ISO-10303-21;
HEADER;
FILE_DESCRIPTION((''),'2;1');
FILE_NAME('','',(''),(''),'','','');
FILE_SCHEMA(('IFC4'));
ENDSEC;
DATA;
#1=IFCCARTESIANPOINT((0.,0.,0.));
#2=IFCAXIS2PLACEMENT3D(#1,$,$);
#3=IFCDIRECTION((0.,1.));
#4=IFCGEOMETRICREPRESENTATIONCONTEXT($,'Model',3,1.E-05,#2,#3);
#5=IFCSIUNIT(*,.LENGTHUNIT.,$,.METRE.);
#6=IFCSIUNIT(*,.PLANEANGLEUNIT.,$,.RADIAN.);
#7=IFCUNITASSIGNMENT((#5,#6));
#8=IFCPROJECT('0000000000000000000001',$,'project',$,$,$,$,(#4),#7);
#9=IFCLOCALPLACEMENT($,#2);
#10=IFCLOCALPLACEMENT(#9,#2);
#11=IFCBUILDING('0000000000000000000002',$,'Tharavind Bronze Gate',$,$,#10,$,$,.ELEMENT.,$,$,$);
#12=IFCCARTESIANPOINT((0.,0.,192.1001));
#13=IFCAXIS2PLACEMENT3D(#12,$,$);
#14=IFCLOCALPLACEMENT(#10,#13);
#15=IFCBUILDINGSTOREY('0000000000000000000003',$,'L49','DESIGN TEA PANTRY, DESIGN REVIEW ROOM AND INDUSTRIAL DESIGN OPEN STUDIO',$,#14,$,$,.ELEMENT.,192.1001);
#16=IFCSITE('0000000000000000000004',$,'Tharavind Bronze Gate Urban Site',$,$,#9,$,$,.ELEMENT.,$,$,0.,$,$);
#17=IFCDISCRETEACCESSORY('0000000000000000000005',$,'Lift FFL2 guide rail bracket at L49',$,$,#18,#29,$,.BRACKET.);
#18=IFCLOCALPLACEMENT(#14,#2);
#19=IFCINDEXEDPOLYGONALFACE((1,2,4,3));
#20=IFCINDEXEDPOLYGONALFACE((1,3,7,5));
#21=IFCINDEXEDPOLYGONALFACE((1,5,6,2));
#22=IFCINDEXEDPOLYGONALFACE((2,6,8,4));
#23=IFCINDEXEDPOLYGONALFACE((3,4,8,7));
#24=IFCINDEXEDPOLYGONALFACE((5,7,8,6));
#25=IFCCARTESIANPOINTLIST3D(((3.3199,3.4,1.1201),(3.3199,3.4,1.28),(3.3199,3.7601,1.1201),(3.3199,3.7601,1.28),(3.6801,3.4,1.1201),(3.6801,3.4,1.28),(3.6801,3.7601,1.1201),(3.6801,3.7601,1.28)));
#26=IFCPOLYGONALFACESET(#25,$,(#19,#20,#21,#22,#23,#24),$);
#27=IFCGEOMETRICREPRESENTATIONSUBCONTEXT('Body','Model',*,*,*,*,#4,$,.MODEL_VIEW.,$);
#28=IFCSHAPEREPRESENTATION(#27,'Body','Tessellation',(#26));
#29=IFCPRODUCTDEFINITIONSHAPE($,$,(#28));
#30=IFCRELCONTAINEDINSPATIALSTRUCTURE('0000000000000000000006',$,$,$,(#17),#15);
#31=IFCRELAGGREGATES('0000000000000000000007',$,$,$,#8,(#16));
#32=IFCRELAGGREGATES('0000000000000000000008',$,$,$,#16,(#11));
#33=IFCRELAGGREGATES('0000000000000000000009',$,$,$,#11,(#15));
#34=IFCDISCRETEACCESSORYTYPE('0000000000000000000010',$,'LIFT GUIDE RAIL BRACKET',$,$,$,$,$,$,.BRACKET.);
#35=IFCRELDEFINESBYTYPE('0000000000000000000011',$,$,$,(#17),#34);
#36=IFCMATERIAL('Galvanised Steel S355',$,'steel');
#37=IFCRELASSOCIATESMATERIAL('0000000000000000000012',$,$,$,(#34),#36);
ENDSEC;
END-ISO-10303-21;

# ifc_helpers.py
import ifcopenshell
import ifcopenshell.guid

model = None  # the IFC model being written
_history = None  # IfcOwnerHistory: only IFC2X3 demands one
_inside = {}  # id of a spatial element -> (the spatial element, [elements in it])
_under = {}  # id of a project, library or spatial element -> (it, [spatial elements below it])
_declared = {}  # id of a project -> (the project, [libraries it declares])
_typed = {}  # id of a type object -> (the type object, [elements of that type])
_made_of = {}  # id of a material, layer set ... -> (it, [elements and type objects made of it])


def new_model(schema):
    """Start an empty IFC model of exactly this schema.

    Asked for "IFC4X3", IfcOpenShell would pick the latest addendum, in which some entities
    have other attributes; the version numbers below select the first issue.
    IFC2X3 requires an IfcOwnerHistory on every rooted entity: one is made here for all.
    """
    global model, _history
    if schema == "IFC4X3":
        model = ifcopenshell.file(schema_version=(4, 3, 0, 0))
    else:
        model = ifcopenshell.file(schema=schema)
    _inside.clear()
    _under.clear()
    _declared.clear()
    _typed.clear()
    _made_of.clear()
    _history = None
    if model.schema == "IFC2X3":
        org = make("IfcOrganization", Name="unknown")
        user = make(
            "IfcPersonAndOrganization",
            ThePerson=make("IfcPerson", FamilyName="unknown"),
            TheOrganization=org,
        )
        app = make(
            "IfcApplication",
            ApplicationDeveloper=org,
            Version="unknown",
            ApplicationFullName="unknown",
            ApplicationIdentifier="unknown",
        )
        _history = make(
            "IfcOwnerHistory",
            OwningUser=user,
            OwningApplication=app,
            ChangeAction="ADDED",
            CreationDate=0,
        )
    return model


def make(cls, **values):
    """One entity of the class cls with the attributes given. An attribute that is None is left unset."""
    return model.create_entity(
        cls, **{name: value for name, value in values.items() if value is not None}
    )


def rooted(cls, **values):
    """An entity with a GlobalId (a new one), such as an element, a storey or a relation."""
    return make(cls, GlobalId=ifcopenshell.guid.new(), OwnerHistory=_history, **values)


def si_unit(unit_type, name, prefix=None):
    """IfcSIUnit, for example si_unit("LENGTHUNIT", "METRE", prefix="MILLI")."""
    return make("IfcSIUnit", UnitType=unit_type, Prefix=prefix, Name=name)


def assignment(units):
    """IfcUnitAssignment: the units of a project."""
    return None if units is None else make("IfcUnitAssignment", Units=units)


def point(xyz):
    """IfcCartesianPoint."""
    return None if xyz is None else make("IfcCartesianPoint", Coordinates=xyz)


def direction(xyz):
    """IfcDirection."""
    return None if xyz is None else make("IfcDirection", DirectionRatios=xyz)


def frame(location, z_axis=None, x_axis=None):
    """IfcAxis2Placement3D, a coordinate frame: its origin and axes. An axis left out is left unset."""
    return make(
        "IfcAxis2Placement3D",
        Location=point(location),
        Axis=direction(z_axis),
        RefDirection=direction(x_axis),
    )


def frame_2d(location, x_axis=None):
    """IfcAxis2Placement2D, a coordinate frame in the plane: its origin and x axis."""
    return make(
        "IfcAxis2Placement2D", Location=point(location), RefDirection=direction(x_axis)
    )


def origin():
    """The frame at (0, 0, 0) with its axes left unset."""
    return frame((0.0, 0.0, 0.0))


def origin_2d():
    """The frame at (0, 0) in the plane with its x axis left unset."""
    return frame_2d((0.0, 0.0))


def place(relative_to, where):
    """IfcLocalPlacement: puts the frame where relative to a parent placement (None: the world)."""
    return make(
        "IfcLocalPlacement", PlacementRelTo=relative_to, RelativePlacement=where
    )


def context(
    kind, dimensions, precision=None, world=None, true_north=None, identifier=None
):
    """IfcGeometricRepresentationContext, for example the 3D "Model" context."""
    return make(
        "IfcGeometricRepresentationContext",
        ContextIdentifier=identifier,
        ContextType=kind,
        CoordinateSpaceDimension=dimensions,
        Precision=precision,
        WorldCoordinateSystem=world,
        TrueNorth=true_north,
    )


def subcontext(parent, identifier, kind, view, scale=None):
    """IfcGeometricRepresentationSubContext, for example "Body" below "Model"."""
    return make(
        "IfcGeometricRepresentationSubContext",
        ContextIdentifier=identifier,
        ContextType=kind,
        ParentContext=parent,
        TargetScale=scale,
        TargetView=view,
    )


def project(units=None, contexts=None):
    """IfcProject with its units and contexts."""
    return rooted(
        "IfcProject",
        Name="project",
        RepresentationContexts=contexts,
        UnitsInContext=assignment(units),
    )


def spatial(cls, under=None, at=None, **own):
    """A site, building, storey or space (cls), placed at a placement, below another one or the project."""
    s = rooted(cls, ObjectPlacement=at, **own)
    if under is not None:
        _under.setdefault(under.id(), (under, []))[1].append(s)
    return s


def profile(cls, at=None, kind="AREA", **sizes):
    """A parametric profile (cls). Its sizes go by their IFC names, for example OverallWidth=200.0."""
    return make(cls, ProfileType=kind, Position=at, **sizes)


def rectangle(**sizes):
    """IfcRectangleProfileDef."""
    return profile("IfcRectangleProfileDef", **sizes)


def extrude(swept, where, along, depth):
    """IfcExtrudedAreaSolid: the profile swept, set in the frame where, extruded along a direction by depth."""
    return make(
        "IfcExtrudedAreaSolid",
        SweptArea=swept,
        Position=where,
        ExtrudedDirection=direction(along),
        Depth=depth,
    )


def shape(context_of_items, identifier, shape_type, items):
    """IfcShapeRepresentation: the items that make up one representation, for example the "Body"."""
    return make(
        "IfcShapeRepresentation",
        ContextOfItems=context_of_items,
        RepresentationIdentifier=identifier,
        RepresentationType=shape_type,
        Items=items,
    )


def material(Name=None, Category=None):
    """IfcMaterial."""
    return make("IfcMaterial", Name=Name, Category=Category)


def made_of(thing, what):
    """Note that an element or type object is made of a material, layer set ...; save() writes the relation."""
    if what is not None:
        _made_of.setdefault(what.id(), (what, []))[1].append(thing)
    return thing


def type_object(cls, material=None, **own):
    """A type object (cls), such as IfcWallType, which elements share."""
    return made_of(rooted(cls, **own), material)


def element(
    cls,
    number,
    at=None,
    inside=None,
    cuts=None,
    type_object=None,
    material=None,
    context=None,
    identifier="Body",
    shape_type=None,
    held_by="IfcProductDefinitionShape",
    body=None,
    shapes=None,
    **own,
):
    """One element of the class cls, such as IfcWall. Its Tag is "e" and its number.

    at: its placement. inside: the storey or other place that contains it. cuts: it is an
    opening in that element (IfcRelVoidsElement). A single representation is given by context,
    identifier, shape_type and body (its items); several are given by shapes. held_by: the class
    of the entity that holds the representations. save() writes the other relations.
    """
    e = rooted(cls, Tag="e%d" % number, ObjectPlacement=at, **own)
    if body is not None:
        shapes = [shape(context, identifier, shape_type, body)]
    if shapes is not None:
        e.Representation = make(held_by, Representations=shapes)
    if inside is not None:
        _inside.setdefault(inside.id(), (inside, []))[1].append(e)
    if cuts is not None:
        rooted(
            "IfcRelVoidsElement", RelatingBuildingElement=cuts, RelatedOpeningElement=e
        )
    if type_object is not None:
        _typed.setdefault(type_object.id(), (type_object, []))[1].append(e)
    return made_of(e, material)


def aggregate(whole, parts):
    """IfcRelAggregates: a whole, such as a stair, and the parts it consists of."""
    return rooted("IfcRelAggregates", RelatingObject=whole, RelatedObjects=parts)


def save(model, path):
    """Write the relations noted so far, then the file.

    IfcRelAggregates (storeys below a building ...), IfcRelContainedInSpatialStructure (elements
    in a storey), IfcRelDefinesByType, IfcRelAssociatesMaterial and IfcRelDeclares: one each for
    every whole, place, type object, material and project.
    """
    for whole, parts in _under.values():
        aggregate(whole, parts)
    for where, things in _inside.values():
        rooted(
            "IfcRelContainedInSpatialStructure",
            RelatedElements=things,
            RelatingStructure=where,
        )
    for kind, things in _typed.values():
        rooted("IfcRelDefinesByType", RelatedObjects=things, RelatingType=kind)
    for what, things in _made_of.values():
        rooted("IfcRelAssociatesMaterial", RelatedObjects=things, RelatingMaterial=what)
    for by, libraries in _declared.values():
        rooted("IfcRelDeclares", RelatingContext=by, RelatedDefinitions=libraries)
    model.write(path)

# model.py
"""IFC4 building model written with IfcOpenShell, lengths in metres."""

from ifc_helpers import new_model, si_unit, direction, frame, origin, origin_2d, place, context, subcontext, project, spatial, rectangle, extrude, material, type_object, element, save


model = new_model("IFC4")

# Units and contexts
model_context = context("Model", 3, precision=1e-05, world=origin(), true_north=direction((0.0, 1.0)))
body_context = subcontext(model_context, "Body", "Model", "MODEL_VIEW")
ifc_project = project(units=[si_unit("LENGTHUNIT", "METRE"), si_unit("PLANEANGLEUNIT", "RADIAN")], contexts=[model_context])

# Site, building, storey
site_placement = place(None, origin())
site = spatial("IfcSite", under=ifc_project, at=site_placement, Name="Tharavind Bronze Gate Urban Site", CompositionType="ELEMENT", RefElevation=0.0)
building_placement = place(site_placement, origin())
building = spatial("IfcBuilding", under=site, at=building_placement, Name="Tharavind Bronze Gate", CompositionType="ELEMENT")
storey_placement = place(building_placement, frame((0.0, 0.0, 192.1001)))
storey = spatial("IfcBuildingStorey", under=building, at=storey_placement, Name="L49", Description="DESIGN TEA PANTRY, DESIGN REVIEW ROOM AND INDUSTRIAL DESIGN OPEN STUDIO", CompositionType="ELEMENT", Elevation=192.1001)

# Discrete accessory
ifc_material_1 = material(Name="Galvanised Steel S355", Category="steel")
discrete_accessory_type = type_object("IfcDiscreteAccessoryType", Name="LIFT GUIDE RAIL BRACKET", PredefinedType="BRACKET", material=ifc_material_1)
for number, where, z_axis, x_axis, name in (
    (1, (3.5, 3.5801, 1.1201), (0.0, 0.0, 1.0), (1.0, 0.0, 0.0), "Lift FFL2 guide rail bracket at L49"),
):
    element("IfcDiscreteAccessory", number, at=place(storey_placement, frame(where, z_axis=z_axis, x_axis=x_axis)), inside=storey, type_object=discrete_accessory_type, Name=name, PredefinedType="BRACKET", context=body_context, shape_type="SweptSolid", body=[
        extrude(rectangle(XDim=0.3601, YDim=0.3601, at=origin_2d()), origin(), (0.0, 0.0, 1.0), 0.1599),
    ])

save(model, "model.ifc")
